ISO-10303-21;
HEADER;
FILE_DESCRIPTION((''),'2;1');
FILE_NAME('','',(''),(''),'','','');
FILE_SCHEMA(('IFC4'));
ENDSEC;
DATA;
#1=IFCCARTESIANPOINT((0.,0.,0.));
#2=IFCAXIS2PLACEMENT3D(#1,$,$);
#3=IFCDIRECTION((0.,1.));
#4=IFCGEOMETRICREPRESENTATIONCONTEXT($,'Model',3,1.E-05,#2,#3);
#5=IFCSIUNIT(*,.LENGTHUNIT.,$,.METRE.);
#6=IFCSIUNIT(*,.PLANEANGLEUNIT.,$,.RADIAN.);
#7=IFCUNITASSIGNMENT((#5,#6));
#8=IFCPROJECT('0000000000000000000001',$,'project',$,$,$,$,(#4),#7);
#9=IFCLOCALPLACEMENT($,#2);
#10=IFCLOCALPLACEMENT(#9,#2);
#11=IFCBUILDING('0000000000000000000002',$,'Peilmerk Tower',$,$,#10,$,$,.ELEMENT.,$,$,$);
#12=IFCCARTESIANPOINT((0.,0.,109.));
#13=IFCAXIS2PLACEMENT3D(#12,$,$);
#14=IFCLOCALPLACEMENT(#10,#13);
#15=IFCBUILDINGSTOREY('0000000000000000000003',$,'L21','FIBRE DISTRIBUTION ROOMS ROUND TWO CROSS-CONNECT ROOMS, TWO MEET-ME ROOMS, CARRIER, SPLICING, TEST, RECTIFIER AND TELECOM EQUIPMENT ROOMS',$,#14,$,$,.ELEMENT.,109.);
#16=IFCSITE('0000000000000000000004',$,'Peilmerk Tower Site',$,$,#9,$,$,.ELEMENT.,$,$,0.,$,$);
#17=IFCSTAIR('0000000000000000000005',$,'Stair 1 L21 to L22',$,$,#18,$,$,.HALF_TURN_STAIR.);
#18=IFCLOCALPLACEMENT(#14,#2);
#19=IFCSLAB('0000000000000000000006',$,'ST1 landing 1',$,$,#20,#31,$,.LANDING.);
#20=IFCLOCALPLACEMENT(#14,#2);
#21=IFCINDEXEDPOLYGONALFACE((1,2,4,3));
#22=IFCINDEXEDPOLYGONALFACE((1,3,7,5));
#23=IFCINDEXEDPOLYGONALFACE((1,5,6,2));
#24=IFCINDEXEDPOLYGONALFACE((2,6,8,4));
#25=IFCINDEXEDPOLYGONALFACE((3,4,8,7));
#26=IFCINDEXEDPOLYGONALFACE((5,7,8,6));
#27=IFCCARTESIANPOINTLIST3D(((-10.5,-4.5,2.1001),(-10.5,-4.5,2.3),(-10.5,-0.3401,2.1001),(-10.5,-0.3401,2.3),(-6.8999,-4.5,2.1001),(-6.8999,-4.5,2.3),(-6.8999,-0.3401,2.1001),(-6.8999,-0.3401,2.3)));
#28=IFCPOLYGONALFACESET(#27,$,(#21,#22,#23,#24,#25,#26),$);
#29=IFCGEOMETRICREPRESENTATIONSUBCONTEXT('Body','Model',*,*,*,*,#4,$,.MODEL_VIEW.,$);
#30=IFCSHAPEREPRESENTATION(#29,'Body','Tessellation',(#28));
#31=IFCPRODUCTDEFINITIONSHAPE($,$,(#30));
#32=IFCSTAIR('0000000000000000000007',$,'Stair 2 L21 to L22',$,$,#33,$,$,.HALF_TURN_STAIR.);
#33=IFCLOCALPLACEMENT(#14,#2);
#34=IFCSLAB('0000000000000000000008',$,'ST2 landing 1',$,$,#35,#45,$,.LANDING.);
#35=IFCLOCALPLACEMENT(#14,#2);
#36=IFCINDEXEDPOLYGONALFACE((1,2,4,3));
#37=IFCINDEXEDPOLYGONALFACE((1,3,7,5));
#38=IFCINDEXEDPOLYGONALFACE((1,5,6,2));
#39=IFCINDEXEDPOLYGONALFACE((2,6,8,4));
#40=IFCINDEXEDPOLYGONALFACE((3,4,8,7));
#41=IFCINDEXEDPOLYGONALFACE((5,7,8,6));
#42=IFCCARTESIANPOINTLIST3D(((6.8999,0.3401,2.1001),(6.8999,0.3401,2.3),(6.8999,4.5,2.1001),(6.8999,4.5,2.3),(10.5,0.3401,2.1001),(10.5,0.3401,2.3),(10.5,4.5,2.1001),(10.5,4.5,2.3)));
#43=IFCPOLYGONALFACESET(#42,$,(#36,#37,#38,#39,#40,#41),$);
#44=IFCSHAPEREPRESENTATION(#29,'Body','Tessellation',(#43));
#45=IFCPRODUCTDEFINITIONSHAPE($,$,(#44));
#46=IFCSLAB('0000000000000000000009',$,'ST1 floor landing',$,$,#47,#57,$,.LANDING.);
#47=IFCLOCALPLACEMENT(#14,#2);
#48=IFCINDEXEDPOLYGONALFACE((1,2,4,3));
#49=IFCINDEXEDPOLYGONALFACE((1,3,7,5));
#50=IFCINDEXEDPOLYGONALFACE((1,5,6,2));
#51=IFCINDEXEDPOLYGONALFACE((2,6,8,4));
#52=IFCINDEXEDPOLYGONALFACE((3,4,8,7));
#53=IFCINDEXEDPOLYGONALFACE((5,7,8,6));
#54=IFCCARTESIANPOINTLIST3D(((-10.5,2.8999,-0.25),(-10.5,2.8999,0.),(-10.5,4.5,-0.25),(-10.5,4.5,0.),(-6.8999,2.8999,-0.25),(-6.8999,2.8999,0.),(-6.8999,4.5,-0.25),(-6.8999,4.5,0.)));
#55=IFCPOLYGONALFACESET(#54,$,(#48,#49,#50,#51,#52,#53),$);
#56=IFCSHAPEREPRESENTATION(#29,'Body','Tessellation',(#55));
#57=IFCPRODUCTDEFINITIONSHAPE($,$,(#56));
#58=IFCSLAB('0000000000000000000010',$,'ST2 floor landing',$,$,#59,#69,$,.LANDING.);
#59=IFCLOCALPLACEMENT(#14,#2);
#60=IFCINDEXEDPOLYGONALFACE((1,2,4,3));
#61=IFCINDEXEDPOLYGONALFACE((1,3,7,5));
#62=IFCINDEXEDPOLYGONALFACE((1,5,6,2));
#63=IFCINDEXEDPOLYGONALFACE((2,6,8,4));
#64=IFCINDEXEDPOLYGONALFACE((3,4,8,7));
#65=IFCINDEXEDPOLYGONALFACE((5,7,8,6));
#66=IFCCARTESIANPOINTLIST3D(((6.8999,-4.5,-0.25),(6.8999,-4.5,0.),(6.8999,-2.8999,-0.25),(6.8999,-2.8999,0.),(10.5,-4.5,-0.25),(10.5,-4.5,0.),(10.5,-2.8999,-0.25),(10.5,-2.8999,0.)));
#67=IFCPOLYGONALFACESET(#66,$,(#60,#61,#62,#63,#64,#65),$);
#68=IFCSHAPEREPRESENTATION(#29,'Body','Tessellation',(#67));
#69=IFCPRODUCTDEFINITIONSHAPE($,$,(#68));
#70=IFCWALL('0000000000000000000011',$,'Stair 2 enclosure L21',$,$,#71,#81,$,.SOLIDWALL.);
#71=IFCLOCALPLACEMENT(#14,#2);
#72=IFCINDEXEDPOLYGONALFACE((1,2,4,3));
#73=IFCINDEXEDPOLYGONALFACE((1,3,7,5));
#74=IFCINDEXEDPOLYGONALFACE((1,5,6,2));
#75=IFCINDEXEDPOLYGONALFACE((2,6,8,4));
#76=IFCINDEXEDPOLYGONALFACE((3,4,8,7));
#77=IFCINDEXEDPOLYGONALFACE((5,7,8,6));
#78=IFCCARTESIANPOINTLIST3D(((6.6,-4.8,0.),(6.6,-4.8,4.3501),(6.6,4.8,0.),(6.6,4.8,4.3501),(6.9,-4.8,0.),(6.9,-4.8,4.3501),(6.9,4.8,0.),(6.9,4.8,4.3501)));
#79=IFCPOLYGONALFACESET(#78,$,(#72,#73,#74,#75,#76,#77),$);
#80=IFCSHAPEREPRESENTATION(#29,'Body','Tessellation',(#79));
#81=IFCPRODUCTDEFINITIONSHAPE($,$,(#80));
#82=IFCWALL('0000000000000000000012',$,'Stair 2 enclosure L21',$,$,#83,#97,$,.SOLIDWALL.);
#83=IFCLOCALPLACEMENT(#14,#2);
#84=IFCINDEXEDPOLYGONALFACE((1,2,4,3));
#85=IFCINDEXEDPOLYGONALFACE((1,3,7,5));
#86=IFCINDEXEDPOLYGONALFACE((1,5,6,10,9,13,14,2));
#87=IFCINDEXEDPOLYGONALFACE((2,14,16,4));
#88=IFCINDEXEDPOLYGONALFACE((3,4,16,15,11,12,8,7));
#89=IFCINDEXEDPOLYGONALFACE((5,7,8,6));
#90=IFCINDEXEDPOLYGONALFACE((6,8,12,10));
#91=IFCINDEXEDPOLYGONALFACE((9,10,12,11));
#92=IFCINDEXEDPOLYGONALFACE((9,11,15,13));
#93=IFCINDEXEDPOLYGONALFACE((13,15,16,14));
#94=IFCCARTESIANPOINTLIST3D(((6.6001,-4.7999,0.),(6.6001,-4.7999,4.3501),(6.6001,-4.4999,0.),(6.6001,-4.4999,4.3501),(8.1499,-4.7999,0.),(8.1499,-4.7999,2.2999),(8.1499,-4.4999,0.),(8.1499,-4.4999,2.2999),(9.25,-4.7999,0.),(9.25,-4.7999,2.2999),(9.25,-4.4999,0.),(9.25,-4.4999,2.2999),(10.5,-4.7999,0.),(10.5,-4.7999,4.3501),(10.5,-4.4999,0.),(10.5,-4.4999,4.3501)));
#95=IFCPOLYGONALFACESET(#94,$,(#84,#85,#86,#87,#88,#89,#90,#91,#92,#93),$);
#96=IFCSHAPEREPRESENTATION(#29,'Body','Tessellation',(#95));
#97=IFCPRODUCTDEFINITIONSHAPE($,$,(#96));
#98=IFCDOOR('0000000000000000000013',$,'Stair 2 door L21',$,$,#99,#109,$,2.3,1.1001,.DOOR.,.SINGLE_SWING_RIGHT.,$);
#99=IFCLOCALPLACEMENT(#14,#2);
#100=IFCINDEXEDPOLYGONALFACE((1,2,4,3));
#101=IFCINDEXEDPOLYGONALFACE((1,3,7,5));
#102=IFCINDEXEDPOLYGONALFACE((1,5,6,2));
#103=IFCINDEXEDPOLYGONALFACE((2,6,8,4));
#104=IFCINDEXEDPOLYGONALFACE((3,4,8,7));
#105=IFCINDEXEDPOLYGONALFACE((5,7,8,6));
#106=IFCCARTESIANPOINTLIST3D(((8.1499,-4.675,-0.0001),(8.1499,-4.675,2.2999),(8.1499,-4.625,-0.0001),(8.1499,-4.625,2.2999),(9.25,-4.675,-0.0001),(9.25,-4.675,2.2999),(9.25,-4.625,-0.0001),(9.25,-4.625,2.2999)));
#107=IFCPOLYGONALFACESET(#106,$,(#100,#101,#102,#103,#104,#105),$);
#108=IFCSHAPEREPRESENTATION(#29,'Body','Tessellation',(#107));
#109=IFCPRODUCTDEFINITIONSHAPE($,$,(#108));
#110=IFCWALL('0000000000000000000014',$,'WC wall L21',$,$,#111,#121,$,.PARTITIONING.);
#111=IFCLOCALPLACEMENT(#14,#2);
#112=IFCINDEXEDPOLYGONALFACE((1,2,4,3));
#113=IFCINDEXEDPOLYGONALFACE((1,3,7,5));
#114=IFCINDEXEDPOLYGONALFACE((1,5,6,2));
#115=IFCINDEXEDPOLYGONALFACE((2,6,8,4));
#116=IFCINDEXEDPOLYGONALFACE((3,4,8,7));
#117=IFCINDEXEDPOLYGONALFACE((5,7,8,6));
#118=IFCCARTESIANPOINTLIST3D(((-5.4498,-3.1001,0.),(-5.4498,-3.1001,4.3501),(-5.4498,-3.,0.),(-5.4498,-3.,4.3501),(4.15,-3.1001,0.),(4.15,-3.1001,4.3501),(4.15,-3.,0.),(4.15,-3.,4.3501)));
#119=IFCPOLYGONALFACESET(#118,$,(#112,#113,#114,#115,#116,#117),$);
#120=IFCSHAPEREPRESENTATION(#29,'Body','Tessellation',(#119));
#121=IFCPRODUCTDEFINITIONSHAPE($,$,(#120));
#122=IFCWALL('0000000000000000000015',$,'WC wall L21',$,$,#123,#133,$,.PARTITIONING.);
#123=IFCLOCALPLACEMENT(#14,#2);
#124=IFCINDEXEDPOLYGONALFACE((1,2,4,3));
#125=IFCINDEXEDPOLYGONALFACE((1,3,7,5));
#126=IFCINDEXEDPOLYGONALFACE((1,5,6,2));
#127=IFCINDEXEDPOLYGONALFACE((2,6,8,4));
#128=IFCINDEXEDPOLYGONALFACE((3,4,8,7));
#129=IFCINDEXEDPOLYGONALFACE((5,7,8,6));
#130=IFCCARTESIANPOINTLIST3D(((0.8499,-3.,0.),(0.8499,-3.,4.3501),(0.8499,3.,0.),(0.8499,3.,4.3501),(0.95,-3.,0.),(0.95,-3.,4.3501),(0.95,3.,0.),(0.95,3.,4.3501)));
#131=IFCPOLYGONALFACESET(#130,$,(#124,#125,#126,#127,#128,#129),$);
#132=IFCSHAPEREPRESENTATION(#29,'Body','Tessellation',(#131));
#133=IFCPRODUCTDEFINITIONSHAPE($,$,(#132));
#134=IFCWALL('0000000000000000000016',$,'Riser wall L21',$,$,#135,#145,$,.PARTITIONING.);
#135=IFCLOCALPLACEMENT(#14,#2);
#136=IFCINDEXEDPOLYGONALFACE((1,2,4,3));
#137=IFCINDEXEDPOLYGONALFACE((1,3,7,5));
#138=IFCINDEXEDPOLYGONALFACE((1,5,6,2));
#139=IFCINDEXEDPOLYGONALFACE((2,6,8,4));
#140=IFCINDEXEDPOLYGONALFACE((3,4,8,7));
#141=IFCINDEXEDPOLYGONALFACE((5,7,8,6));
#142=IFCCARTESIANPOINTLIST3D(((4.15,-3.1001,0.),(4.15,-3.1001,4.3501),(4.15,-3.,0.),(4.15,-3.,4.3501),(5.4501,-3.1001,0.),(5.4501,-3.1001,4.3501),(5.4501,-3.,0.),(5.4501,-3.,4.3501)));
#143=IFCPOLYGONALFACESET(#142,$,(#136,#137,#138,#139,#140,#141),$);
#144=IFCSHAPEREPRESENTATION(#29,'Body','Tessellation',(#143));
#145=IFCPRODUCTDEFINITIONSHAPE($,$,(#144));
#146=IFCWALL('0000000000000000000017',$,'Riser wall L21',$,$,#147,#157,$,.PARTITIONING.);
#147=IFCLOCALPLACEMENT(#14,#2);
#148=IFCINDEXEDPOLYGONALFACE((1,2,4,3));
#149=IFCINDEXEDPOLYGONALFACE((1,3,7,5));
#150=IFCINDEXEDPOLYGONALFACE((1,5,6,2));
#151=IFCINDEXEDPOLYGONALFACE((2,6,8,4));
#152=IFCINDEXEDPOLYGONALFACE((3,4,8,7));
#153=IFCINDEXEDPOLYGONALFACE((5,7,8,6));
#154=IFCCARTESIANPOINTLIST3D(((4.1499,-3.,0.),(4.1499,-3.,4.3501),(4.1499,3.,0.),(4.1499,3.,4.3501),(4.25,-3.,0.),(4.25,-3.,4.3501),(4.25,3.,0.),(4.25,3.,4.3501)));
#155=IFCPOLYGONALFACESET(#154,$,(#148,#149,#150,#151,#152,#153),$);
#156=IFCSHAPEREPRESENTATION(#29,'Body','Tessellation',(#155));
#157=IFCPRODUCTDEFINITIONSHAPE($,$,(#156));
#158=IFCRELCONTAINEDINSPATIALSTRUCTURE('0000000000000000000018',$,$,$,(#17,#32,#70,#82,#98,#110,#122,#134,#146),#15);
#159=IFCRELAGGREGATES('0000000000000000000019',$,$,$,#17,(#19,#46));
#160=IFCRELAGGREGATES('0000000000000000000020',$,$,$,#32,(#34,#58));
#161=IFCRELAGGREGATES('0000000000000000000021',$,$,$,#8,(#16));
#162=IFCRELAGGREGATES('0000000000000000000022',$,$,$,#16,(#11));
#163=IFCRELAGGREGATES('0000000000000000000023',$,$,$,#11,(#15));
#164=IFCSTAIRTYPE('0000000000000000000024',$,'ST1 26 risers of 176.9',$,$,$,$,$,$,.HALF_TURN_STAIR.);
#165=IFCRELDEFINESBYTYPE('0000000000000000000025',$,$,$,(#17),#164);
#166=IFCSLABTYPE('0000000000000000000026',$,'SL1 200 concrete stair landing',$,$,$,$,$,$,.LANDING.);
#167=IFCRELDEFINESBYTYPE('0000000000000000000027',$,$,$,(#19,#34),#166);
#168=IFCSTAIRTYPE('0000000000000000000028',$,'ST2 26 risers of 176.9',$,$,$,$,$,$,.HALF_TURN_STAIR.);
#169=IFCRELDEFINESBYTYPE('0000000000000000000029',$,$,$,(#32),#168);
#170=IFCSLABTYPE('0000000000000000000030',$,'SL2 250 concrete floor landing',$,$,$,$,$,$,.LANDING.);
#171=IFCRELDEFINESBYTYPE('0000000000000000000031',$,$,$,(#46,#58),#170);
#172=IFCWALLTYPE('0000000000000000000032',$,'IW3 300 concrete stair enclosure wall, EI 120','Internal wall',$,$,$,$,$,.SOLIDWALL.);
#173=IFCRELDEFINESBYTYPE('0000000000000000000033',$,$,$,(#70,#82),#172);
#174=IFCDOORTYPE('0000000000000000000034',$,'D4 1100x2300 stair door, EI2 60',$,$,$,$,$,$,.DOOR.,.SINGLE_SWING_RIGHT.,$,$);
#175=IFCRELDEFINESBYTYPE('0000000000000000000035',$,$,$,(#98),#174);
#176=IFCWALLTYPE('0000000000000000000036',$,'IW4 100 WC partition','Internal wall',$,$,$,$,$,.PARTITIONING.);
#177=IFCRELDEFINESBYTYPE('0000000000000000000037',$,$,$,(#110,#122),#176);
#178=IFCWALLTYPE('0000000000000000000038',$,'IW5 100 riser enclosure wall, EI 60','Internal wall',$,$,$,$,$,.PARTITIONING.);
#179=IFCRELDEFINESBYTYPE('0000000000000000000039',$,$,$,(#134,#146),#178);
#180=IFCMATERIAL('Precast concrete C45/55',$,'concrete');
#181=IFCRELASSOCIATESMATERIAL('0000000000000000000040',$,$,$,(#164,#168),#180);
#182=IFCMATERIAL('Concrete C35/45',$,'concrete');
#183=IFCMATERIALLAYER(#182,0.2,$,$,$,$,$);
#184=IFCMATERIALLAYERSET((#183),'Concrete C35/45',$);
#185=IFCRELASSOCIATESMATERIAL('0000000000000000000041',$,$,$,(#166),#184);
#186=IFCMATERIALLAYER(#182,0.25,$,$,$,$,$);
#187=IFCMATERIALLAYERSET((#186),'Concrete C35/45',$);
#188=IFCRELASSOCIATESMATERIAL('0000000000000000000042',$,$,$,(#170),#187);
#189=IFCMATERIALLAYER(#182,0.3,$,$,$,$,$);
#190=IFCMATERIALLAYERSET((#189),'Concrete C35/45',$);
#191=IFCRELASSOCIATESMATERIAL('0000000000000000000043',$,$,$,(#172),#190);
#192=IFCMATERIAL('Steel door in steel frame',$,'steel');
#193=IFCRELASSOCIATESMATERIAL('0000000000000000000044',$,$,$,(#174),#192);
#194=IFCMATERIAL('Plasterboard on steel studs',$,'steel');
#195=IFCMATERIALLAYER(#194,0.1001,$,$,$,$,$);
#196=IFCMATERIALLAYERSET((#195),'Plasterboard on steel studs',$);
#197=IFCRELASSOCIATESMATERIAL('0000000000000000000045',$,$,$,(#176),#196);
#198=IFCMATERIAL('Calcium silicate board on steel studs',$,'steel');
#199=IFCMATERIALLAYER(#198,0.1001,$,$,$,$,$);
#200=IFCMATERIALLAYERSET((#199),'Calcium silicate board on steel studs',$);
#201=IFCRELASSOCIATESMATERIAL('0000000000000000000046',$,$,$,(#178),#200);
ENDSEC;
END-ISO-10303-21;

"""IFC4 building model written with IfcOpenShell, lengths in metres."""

from ifc_helpers import new_model, si_unit, direction, frame, frame_2d, origin, place, context, subcontext, project, spatial, polyline, rectangle, outline, extrude, material, layer, layer_set, type_object, element, fill, aggregate, save


model = new_model("IFC4")

# Units and contexts
model_context = context("Model", 3, precision=1e-05, world=origin(), true_north=direction((0.0, 1.0)))
body_context = subcontext(model_context, "Body", "Model", "MODEL_VIEW")
ifc_project = project(units=[si_unit("LENGTHUNIT", "METRE"), si_unit("PLANEANGLEUNIT", "RADIAN")], contexts=[model_context])

# Site, building, storey
site_placement = place(None, origin())
site = spatial("IfcSite", under=ifc_project, at=site_placement, Name="Peilmerk Tower Site", CompositionType="ELEMENT", RefElevation=0.0)
building_placement = place(site_placement, origin())
building = spatial("IfcBuilding", under=site, at=building_placement, Name="Peilmerk Tower", CompositionType="ELEMENT")
storey_placement = place(building_placement, frame((0.0, 0.0, 109.0)))
storey = spatial("IfcBuildingStorey", under=building, at=storey_placement, Name="L21", Description="FIBRE DISTRIBUTION ROOMS ROUND TWO CROSS-CONNECT ROOMS, TWO MEET-ME ROOMS, CARRIER, SPLICING, TEST, RECTIFIER AND TELECOM EQUIPMENT ROOMS", CompositionType="ELEMENT", Elevation=109.0)

# Stairs, slabs
ifc_material_1 = material(Name="Precast concrete C45/55", Category="concrete")
stair_type_1 = type_object("IfcStairType", Name="ST1 26 risers of 176.9", PredefinedType="HALF_TURN_STAIR", material=ifc_material_1)
stair_1_placement = place(storey_placement, origin())
stair_1 = element("IfcStair", 1, at=stair_1_placement, inside=storey, type_object=stair_type_1, Name="Stair 1 L21 to L22", PredefinedType="HALF_TURN_STAIR")
ifc_material_2 = material(Name="Concrete C35/45", Category="concrete")
ifc_layer_1 = layer(ifc_material_2, 0.2)
ifc_layer_set_1 = layer_set([ifc_layer_1], Name="Concrete C35/45")
slab_type_1 = type_object("IfcSlabType", Name="SL1 200 concrete stair landing", PredefinedType="LANDING", material=ifc_layer_set_1)
slab_1_placement = place(storey_placement, frame((0.0, 0.0, 2.1001)))
slab_1 = element("IfcSlab", 2, at=slab_1_placement, type_object=slab_type_1, Name="ST1 landing 1", PredefinedType="LANDING", context=body_context, shape_type="SweptSolid", body=[
    extrude(outline(polyline([(-10.5, -4.5), (-6.8999, -4.5), (-6.8999, -0.3401), (-10.5, -0.3401), (-10.5, -4.5)])), origin(), (0.0, 0.0, 1.0), 0.2),
])
stair_type_2 = type_object("IfcStairType", Name="ST2 26 risers of 176.9", PredefinedType="HALF_TURN_STAIR", material=ifc_material_1)
stair_2_placement = place(storey_placement, origin())
stair_2 = element("IfcStair", 3, at=stair_2_placement, inside=storey, type_object=stair_type_2, Name="Stair 2 L21 to L22", PredefinedType="HALF_TURN_STAIR")
slab_2_placement = place(storey_placement, frame((0.0, 0.0, 2.1001)))
slab_2 = element("IfcSlab", 4, at=slab_2_placement, type_object=slab_type_1, Name="ST2 landing 1", PredefinedType="LANDING", context=body_context, shape_type="SweptSolid", body=[
    extrude(outline(polyline([(6.8999, 0.3401), (10.5, 0.3401), (10.5, 4.5), (6.8999, 4.5), (6.8999, 0.3401)])), origin(), (0.0, 0.0, 1.0), 0.2),
])

# Slabs
ifc_layer_2 = layer(ifc_material_2, 0.25)
ifc_layer_set_2 = layer_set([ifc_layer_2], Name="Concrete C35/45")
slab_type_2 = type_object("IfcSlabType", Name="SL2 250 concrete floor landing", PredefinedType="LANDING", material=ifc_layer_set_2)
slab_3_placement = place(storey_placement, frame((0.0, 0.0, -0.25)))
slab_3 = element("IfcSlab", 5, at=slab_3_placement, type_object=slab_type_2, Name="ST1 floor landing", PredefinedType="LANDING", context=body_context, shape_type="SweptSolid", body=[
    extrude(outline(polyline([(-10.5, 2.8999), (-6.8999, 2.8999), (-6.8999, 4.5), (-10.5, 4.5), (-10.5, 2.8999)])), origin(), (0.0, 0.0, 1.0), 0.25),
])
aggregate(stair_1, [slab_1, slab_3])
slab_4_placement = place(storey_placement, frame((0.0, 0.0, -0.25)))
slab_4 = element("IfcSlab", 6, at=slab_4_placement, type_object=slab_type_2, Name="ST2 floor landing", PredefinedType="LANDING", context=body_context, shape_type="SweptSolid", body=[
    extrude(outline(polyline([(6.8999, -4.5), (10.5, -4.5), (10.5, -2.8999), (6.8999, -2.8999), (6.8999, -4.5)])), origin(), (0.0, 0.0, 1.0), 0.25),
])

# Wall
ifc_layer_3 = layer(ifc_material_2, 0.3)
ifc_layer_set_3 = layer_set([ifc_layer_3], Name="Concrete C35/45")
wall_type_1 = type_object("IfcWallType", Name="IW3 300 concrete stair enclosure wall, EI 120", Description="Internal wall", PredefinedType="SOLIDWALL", material=ifc_layer_set_3)
wall_1_placement = place(storey_placement, frame((6.75, -4.8, 0.0), z_axis=(0.0, 0.0, 1.0), x_axis=(0.0, 1.0, 0.0)))
element("IfcWall", 7, at=wall_1_placement, inside=storey, type_object=wall_type_1, Name="Stair 2 enclosure L21", PredefinedType="SOLIDWALL", context=body_context, shape_type="SweptSolid", body=[
    extrude(rectangle(XDim=9.6001, YDim=0.3, at=frame_2d((4.8, 0.0))), origin(), (0.0, 0.0, 1.0), 4.3501),
])

# Wall, opening, door
wall_2_placement = place(storey_placement, frame((10.5, -4.6499, 0.0), z_axis=(0.0, 0.0, 1.0), x_axis=(-1.0, 0.0, 0.0)))
wall_2 = element("IfcWall", 8, at=wall_2_placement, inside=storey, type_object=wall_type_1, Name="Stair 2 enclosure L21", PredefinedType="SOLIDWALL", context=body_context, shape_type="SweptSolid", body=[
    extrude(rectangle(XDim=3.8999, YDim=0.3, at=frame_2d((1.95, 0.0))), origin(), (0.0, 0.0, 1.0), 4.3501),
])
opening_1_placement = place(wall_2_placement, frame((1.25, 0.0, 0.0)))
opening_1 = element("IfcOpeningElement", 9, at=opening_1_placement, cuts=wall_2, PredefinedType="OPENING", context=body_context, shape_type="SweptSolid", body=[
    extrude(rectangle(XDim=1.1001, YDim=2.3, at=frame_2d((0.55, 1.1499))), frame((0.0, 0.1599, 0.0), z_axis=(0.0, -1.0, 0.0), x_axis=(1.0, 0.0, 0.0)), (0.0, 0.0, 1.0), 0.3201),
])
ifc_material_3 = material(Name="Steel door in steel frame", Category="steel")
door_type_1 = type_object("IfcDoorType", Name="D4 1100x2300 stair door, EI2 60", OperationType="SINGLE_SWING_RIGHT", PredefinedType="DOOR", material=ifc_material_3)
door_1_placement = place(opening_1_placement, frame((1.1001, 0.0, 0.0), z_axis=(0.0, 0.0, 1.0), x_axis=(-1.0, 0.0, 0.0)))
door_1 = element("IfcDoor", 10, at=door_1_placement, inside=storey, type_object=door_type_1, Name="Stair 2 door L21", OperationType="SINGLE_SWING_RIGHT", OverallHeight=2.3, OverallWidth=1.1001, PredefinedType="DOOR", context=body_context, shape_type="SweptSolid", body=[
    extrude(rectangle(XDim=1.1001, YDim=2.3, at=frame_2d((0.55, 1.1499))), frame((0.0, 0.0249, 0.0), z_axis=(0.0, -1.0, 0.0), x_axis=(1.0, 0.0, 0.0)), (0.0, 0.0, 1.0), 0.05),
])
fill(opening_1, door_1)

# Walls
ifc_material_4 = material(Name="Plasterboard on steel studs", Category="steel")
ifc_layer_4 = layer(ifc_material_4, 0.1001)
ifc_layer_set_4 = layer_set([ifc_layer_4], Name="Plasterboard on steel studs")
wall_type_2 = type_object("IfcWallType", Name="IW4 100 WC partition", Description="Internal wall", PredefinedType="PARTITIONING", material=ifc_layer_set_4)
wall_3_placement = place(storey_placement, frame((4.1499, -3.05, 0.0), z_axis=(0.0, 0.0, 1.0), x_axis=(-1.0, 0.0, 0.0)))
element("IfcWall", 11, at=wall_3_placement, inside=storey, type_object=wall_type_2, Name="WC wall L21", PredefinedType="PARTITIONING", context=body_context, shape_type="SweptSolid", body=[
    extrude(rectangle(XDim=9.5999, YDim=0.1001, at=frame_2d((4.7998, 0.0))), origin(), (0.0, 0.0, 1.0), 4.3501),
])
wall_4_placement = place(storey_placement, frame((0.8999, -3.0, 0.0), z_axis=(0.0, 0.0, 1.0), x_axis=(0.0, 1.0, 0.0)))
element("IfcWall", 12, at=wall_4_placement, inside=storey, type_object=wall_type_2, Name="WC wall L21", PredefinedType="PARTITIONING", context=body_context, shape_type="SweptSolid", body=[
    extrude(rectangle(XDim=6.0, YDim=0.1001, at=frame_2d((3.0, 0.0))), origin(), (0.0, 0.0, 1.0), 4.3501),
])
ifc_material_5 = material(Name="Calcium silicate board on steel studs", Category="steel")
ifc_layer_5 = layer(ifc_material_5, 0.1001)
ifc_layer_set_5 = layer_set([ifc_layer_5], Name="Calcium silicate board on steel studs")
wall_type_3 = type_object("IfcWallType", Name="IW5 100 riser enclosure wall, EI 60", Description="Internal wall", PredefinedType="PARTITIONING", material=ifc_layer_set_5)
wall_5_placement = place(storey_placement, frame((5.45, -3.05, 0.0), z_axis=(0.0, 0.0, 1.0), x_axis=(-1.0, 0.0, 0.0)))
element("IfcWall", 13, at=wall_5_placement, inside=storey, type_object=wall_type_3, Name="Riser wall L21", PredefinedType="PARTITIONING", context=body_context, shape_type="SweptSolid", body=[
    extrude(rectangle(XDim=1.3, YDim=0.1001, at=frame_2d((0.6499, 0.0))), origin(), (0.0, 0.0, 1.0), 4.3501),
])
wall_6_placement = place(storey_placement, frame((4.2, -3.0, 0.0), z_axis=(0.0, 0.0, 1.0), x_axis=(0.0, 1.0, 0.0)))
element("IfcWall", 14, at=wall_6_placement, inside=storey, type_object=wall_type_3, Name="Riser wall L21", PredefinedType="PARTITIONING", context=body_context, shape_type="SweptSolid", body=[
    extrude(rectangle(XDim=6.0, YDim=0.1001, at=frame_2d((3.0, 0.0))), origin(), (0.0, 0.0, 1.0), 4.3501),
])

aggregate(stair_2, [slab_2, slab_4])

save(model, "model.ifc")
